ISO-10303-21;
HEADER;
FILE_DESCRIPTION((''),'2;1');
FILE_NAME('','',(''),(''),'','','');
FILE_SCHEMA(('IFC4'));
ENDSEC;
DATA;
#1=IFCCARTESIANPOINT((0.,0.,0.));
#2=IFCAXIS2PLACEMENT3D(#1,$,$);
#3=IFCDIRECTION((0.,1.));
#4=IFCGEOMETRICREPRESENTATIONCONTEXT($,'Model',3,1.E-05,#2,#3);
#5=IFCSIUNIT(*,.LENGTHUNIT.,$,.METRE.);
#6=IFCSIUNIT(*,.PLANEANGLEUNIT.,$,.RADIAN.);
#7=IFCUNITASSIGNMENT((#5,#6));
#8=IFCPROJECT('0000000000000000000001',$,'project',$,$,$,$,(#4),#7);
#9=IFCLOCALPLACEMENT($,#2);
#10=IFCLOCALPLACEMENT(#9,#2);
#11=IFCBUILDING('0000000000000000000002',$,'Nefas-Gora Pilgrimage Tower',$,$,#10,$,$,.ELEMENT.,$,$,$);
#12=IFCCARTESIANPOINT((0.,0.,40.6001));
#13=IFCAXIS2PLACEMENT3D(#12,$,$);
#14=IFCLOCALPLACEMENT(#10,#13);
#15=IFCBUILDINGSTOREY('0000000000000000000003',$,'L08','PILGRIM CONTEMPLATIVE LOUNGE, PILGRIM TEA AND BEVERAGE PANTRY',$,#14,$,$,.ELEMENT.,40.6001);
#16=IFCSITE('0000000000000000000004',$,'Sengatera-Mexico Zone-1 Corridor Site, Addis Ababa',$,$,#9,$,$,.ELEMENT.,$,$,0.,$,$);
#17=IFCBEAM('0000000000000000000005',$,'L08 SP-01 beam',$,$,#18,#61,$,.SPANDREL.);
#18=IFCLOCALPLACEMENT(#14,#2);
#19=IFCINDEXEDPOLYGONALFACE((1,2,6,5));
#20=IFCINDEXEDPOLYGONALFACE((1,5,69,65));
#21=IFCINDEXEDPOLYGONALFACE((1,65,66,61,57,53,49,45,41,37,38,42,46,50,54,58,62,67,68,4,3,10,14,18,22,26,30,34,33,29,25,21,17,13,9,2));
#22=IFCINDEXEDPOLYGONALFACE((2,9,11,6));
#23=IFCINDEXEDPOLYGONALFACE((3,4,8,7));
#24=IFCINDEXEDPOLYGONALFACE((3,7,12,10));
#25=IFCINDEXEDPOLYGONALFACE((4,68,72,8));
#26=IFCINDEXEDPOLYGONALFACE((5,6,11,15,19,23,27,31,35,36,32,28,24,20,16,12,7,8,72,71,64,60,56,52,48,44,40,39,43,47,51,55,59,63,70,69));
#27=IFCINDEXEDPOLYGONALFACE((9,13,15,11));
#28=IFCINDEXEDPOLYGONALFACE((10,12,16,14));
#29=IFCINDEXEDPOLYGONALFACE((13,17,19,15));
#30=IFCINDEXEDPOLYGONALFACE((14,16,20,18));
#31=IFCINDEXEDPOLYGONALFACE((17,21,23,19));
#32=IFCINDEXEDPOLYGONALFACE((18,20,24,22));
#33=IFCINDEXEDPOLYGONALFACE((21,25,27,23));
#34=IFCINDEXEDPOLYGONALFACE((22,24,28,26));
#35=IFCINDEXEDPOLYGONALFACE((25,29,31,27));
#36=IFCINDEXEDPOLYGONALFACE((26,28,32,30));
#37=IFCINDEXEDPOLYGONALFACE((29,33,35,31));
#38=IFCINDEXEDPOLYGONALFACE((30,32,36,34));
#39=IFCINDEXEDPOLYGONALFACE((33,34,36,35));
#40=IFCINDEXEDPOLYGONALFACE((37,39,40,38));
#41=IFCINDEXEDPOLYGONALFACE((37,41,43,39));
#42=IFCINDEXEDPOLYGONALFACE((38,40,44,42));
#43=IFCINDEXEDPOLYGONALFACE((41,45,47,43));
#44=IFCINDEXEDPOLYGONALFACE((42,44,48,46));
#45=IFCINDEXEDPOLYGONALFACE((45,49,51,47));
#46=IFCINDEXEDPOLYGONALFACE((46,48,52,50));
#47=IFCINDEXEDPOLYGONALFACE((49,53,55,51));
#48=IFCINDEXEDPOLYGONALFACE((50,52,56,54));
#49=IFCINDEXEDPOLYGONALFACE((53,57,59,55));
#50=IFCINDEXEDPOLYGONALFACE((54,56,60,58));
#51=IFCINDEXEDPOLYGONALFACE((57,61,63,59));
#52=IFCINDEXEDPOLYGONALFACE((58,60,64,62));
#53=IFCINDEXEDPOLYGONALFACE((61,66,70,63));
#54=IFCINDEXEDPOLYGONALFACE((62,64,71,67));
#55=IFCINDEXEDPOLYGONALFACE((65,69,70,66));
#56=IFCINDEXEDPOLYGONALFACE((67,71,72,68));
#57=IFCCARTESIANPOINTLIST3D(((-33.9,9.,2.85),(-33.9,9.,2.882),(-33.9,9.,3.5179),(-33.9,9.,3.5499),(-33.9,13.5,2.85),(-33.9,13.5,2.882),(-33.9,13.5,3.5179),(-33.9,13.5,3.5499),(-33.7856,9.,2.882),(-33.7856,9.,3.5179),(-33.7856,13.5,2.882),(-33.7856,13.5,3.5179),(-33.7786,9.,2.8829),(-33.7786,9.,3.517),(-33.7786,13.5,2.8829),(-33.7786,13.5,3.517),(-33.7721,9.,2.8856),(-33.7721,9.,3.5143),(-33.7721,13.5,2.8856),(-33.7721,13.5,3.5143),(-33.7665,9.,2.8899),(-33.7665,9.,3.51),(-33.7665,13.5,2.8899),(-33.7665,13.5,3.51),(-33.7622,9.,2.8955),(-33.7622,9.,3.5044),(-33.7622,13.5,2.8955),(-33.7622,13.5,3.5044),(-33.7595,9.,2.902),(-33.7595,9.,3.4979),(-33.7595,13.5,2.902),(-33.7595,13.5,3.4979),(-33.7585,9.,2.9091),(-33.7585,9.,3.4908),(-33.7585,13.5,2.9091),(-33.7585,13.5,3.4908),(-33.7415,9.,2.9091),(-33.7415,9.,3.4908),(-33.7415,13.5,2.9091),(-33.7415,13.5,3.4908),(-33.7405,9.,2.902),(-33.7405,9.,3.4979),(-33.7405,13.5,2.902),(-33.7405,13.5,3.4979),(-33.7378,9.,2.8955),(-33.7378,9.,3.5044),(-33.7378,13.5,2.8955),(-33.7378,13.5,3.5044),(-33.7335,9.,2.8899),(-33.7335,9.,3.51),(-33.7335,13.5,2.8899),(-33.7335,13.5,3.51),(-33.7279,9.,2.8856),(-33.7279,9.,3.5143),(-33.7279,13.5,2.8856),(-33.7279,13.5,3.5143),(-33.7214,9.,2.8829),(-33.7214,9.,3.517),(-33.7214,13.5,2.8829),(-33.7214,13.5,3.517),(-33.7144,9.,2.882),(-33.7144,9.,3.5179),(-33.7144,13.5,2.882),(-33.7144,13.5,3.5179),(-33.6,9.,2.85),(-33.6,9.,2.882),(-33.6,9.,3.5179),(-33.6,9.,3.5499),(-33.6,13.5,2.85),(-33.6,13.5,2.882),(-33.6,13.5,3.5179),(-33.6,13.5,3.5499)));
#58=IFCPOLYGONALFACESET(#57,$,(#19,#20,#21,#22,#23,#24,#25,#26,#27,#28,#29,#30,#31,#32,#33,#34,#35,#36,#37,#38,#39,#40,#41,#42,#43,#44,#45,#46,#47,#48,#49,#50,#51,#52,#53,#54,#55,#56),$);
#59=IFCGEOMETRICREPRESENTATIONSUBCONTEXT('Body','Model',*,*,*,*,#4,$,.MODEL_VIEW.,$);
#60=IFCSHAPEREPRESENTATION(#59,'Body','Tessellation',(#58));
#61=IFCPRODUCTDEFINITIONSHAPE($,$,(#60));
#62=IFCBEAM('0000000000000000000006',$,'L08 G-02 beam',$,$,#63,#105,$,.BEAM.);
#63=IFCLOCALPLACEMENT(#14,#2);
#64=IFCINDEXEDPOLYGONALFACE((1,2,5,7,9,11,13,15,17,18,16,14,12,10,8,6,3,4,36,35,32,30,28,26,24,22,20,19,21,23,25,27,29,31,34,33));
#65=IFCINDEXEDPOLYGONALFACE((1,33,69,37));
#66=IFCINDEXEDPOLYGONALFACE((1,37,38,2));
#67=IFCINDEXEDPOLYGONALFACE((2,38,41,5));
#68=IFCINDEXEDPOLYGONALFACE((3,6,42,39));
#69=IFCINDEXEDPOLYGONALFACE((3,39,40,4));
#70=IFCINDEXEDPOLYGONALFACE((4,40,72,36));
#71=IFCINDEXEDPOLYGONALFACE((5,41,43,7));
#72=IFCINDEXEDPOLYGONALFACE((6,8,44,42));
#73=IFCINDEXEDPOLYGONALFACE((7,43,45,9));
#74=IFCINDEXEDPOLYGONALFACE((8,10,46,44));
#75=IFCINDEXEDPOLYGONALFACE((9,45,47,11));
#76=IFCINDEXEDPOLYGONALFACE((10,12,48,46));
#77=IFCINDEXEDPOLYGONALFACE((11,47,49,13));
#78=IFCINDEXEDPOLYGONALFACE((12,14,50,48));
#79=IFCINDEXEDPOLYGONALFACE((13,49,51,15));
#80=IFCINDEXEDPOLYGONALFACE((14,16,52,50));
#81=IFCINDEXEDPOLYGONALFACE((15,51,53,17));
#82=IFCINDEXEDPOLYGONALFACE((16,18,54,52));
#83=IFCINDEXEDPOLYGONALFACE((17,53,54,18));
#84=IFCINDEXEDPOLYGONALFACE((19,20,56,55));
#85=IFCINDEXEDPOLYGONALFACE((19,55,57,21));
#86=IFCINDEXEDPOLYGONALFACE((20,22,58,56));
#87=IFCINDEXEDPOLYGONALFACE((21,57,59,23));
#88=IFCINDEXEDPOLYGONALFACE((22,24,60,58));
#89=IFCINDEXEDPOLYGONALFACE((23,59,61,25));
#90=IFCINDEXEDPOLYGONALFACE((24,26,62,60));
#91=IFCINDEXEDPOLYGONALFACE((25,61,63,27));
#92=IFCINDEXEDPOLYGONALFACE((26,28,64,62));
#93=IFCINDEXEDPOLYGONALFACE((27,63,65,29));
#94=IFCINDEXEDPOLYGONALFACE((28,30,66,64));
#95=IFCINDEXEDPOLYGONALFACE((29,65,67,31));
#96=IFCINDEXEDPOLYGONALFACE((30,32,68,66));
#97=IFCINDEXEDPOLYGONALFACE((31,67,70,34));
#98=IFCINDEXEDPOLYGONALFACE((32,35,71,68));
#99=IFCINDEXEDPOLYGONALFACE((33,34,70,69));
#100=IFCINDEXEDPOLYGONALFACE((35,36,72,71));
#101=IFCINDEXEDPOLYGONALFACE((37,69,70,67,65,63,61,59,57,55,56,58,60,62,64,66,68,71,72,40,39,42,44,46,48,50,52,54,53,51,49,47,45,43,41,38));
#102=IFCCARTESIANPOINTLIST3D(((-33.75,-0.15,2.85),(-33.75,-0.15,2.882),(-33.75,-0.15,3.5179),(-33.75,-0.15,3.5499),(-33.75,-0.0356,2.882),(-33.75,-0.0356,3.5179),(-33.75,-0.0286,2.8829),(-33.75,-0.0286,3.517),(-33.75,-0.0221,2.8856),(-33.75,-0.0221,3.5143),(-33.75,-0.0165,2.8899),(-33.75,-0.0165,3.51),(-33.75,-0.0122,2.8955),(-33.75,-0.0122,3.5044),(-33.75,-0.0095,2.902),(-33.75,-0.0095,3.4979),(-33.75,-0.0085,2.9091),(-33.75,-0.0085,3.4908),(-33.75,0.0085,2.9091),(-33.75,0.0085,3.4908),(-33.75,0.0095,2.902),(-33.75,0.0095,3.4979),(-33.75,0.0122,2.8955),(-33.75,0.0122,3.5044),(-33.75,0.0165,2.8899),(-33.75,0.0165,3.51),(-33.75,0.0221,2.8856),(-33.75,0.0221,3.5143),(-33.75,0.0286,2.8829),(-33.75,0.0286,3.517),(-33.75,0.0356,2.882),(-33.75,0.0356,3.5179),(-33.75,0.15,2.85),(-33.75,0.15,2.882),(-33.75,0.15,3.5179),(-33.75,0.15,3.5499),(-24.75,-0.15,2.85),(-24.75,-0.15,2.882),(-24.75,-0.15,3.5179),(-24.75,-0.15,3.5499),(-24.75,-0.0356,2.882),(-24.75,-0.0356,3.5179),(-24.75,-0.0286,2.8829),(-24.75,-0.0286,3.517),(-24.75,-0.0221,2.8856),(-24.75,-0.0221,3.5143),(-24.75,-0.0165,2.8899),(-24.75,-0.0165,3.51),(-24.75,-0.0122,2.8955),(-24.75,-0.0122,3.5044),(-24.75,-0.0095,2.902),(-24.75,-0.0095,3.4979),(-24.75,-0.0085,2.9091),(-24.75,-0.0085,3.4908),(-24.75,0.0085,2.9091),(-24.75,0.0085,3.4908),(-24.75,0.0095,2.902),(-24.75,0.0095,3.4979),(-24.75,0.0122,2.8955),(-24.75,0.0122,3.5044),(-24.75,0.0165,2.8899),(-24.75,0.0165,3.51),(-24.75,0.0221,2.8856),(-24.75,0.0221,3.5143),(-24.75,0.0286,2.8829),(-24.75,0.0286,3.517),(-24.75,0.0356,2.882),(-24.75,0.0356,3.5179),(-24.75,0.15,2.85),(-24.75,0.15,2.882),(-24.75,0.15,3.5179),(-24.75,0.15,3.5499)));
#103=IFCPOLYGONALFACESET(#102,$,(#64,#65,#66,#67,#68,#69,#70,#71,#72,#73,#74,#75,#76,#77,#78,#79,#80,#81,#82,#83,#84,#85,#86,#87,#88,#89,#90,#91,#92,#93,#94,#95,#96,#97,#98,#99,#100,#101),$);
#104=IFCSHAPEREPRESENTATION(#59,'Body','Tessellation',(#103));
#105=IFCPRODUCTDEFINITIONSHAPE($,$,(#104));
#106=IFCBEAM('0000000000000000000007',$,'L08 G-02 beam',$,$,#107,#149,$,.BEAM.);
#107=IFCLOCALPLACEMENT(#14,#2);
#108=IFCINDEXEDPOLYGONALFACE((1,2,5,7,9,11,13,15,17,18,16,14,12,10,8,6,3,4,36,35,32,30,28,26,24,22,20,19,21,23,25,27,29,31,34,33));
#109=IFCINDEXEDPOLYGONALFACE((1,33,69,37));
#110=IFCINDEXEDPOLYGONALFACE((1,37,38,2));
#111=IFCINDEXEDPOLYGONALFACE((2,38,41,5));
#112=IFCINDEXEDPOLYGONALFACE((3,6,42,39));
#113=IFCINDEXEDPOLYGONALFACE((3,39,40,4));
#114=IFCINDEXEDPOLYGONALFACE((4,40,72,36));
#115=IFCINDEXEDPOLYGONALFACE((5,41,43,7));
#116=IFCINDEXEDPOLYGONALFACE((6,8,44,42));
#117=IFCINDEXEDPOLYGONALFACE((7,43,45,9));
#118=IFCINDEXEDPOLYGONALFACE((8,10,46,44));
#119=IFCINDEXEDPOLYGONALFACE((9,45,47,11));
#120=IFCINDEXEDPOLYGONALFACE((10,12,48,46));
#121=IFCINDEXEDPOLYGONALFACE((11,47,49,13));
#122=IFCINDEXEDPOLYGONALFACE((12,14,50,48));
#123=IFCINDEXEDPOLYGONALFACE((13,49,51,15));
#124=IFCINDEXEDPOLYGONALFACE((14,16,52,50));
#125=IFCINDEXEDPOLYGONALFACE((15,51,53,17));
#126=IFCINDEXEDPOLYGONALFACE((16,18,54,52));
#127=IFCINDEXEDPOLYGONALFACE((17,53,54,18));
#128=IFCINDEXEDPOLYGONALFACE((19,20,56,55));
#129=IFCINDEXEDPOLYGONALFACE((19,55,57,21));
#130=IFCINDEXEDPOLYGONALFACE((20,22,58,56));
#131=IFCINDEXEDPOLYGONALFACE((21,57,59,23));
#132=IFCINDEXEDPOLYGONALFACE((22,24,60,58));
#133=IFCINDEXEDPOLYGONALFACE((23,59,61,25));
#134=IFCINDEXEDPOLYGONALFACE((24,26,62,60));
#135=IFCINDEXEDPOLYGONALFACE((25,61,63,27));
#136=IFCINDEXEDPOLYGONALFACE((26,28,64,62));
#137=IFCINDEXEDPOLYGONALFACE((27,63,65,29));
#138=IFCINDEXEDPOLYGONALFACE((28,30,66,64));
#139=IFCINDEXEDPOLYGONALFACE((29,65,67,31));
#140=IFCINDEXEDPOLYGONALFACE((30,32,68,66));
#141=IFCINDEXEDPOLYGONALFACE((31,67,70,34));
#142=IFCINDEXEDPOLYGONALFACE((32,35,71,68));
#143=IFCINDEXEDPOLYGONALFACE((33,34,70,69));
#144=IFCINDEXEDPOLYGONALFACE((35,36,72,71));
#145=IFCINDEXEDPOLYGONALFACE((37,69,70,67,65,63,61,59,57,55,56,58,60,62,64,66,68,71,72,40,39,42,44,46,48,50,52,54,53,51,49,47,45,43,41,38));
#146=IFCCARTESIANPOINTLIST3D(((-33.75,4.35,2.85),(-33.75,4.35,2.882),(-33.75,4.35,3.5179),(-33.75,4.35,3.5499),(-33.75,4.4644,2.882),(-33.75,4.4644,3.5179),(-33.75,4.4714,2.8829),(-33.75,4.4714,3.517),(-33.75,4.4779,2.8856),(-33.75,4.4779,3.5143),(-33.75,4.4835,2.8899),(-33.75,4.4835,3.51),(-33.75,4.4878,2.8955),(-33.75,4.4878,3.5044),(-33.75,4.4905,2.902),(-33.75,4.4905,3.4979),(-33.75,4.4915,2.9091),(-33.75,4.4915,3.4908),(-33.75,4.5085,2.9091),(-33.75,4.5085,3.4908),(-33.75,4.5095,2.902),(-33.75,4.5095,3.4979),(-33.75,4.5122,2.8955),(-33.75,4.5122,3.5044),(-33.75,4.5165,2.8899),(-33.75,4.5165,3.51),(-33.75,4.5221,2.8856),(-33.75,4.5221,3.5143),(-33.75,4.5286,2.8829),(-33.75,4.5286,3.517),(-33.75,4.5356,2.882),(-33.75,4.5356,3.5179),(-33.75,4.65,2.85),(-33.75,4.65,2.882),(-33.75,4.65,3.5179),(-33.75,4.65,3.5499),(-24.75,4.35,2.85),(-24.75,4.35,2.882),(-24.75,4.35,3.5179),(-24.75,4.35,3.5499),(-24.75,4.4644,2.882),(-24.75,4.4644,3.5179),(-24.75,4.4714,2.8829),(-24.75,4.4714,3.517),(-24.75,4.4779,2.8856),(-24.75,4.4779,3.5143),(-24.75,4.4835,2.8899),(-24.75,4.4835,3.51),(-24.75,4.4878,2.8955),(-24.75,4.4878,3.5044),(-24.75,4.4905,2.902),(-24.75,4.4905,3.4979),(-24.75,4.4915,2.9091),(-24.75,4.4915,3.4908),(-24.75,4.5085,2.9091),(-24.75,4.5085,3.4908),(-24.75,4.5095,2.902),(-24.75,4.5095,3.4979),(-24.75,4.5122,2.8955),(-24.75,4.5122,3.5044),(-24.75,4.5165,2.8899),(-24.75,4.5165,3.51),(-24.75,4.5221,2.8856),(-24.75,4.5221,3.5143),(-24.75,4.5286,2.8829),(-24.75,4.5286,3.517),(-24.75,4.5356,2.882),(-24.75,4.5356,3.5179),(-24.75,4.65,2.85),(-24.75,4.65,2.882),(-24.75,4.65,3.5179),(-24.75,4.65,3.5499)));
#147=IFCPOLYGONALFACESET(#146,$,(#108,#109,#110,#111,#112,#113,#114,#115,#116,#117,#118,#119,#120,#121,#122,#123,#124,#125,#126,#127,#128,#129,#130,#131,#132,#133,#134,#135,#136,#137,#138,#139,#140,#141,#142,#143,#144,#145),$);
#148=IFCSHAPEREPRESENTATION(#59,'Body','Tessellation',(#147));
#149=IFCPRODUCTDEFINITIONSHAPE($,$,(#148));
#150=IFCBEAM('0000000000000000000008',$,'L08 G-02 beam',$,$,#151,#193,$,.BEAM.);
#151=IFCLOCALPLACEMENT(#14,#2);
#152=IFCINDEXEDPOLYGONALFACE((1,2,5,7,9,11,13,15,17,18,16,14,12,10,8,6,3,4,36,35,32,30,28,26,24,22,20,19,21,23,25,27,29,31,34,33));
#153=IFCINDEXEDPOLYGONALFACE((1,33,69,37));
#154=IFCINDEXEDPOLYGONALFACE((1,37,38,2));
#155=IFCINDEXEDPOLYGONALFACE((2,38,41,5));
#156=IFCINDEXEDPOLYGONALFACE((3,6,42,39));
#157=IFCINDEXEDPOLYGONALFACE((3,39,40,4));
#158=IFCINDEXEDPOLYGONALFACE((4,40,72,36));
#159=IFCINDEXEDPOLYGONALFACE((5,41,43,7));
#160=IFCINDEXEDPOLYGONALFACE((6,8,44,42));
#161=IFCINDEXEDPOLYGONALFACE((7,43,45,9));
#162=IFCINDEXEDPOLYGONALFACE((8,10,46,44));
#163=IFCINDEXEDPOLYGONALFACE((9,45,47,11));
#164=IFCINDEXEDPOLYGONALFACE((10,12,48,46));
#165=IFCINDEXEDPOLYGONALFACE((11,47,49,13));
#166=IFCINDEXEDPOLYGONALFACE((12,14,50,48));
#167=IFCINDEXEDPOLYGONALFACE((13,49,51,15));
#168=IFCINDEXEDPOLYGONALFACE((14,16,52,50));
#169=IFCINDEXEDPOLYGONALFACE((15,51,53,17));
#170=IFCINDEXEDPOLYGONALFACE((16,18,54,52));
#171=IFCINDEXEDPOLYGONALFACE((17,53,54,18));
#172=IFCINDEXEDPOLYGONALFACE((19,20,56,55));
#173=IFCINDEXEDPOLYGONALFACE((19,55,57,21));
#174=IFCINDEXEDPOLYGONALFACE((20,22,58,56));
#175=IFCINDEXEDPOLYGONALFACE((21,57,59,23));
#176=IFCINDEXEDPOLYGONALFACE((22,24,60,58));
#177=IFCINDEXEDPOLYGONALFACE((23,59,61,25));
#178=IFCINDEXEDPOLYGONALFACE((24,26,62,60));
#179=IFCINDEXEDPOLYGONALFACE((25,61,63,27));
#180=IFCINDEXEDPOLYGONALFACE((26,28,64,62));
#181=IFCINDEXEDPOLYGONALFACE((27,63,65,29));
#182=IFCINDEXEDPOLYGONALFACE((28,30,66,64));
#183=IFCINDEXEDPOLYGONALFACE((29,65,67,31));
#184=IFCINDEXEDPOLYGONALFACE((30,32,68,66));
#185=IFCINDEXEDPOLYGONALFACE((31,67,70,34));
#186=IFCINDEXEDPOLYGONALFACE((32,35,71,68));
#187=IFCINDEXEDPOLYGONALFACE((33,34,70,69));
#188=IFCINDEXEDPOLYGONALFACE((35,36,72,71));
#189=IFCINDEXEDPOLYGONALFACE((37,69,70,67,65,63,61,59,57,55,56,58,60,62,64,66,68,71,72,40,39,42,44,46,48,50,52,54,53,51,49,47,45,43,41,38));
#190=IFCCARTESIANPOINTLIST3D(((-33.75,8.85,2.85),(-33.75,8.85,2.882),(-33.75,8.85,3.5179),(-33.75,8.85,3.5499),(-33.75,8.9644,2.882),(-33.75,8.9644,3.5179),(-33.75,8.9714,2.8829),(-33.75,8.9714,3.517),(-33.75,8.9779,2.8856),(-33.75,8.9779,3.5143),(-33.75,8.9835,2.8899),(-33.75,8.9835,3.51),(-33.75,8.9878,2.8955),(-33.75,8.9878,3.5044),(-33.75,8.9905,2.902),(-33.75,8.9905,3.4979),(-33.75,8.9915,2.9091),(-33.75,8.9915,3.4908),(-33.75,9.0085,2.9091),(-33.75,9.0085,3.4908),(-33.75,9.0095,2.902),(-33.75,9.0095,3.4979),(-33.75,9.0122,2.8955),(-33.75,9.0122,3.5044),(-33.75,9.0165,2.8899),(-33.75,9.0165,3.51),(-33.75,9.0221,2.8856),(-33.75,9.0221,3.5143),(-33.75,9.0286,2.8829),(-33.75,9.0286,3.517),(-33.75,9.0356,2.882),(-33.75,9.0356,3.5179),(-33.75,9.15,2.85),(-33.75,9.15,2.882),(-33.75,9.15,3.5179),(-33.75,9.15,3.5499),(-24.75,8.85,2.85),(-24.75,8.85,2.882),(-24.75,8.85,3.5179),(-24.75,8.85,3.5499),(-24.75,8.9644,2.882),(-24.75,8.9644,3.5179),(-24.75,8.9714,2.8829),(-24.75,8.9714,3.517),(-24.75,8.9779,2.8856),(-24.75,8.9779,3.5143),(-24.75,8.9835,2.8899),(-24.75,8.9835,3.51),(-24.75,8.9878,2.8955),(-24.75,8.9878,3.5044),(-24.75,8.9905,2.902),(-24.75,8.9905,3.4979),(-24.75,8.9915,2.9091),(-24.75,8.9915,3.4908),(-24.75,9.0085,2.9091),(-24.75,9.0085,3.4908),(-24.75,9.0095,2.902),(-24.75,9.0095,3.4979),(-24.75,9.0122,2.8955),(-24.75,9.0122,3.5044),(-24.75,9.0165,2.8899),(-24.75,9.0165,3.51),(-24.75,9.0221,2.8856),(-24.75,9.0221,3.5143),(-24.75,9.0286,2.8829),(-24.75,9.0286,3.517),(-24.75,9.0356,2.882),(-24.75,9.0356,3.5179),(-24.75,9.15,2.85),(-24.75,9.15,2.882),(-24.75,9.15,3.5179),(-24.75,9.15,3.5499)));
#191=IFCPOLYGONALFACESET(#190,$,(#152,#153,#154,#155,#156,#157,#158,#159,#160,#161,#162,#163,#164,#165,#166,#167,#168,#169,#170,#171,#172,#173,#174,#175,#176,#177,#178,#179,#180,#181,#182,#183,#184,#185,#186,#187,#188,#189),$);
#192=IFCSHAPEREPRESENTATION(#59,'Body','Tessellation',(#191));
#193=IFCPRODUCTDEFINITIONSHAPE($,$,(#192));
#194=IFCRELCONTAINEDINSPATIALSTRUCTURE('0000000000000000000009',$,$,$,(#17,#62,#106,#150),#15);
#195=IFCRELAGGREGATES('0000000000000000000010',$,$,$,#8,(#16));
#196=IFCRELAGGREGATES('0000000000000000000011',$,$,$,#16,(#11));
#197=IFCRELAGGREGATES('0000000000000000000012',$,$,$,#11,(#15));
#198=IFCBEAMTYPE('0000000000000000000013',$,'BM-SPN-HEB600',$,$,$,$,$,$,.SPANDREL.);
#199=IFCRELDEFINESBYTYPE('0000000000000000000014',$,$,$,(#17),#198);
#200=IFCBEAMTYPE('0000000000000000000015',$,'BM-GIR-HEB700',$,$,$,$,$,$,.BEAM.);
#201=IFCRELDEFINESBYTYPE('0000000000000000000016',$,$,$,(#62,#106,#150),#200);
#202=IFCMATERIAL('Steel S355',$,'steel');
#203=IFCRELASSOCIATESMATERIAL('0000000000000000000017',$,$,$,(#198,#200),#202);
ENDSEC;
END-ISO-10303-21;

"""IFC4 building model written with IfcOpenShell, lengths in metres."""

from ifc_helpers import new_model, si_unit, direction, frame, origin, origin_2d, place, context, subcontext, project, spatial, i_section, extrude, source, transform, mapped, material, material_profile, profile_set, type_object, element, save


model = new_model("IFC4")

# Units and contexts
model_context = context("Model", 3, precision=1e-05, world=origin(), true_north=direction((0.0, 1.0)))
body_context = subcontext(model_context, "Body", "Model", "MODEL_VIEW")
ifc_project = project(units=[si_unit("LENGTHUNIT", "METRE"), si_unit("PLANEANGLEUNIT", "RADIAN")], contexts=[model_context])

# Site, building, storey
site_placement = place(None, origin())
site = spatial("IfcSite", under=ifc_project, at=site_placement, Name="Sengatera-Mexico Zone-1 Corridor Site, Addis Ababa", CompositionType="ELEMENT", RefElevation=0.0)
building_placement = place(site_placement, origin())
building = spatial("IfcBuilding", under=site, at=building_placement, Name="Nefas-Gora Pilgrimage Tower", CompositionType="ELEMENT")
storey_placement = place(building_placement, frame((0.0, 0.0, 40.6001)))
storey = spatial("IfcBuildingStorey", under=building, at=storey_placement, Name="L08", Description="PILGRIM CONTEMPLATIVE LOUNGE, PILGRIM TEA AND BEVERAGE PANTRY", CompositionType="ELEMENT", Elevation=40.6001)

# Beams
ifc_material_1 = material(Name="Steel S355", Category="steel")
ifc_material_profile_1 = material_profile(ifc_material_1, i_section(OverallWidth=0.3, OverallDepth=0.7, WebThickness=0.0171, FlangeThickness=0.032, FilletRadius=0.0271, at=origin_2d()), Name="HEB 700")
ifc_profile_set_1 = profile_set([ifc_material_profile_1], Name="Steel S355")
beam_type_1 = type_object("IfcBeamType", Name="BM-SPN-HEB600", PredefinedType="SPANDREL", material=ifc_profile_set_1)
shared_shape_1 = source(origin(), body_context, "Body", "SweptSolid", [
    extrude(i_section(OverallWidth=0.3, OverallDepth=0.7, WebThickness=0.0171, FlangeThickness=0.032, FilletRadius=0.0271, at=origin_2d()), origin(), (0.0, 0.0, 1.0), 4.5),
])
for number, where, z_axis, x_axis, name in (
    (1, (-33.75, 9.0, 3.2), (0.0, 1.0, 0.0), (-1.0, 0.0, 0.0), "L08 SP-01 beam"),
):
    element("IfcBeam", number, at=place(storey_placement, frame(where, z_axis=z_axis, x_axis=x_axis)), inside=storey, type_object=beam_type_1, Name=name, PredefinedType="SPANDREL", context=body_context, shape_type="MappedRepresentation", body=[
        mapped(shared_shape_1, transform((0.0, 0.0, 0.0), x_axis=(1.0, 0.0, 0.0), y_axis=(0.0, 1.0, 0.0), z_axis=(0.0, 0.0, 1.0), scale=1.0)),
    ])
ifc_material_profile_2 = material_profile(ifc_material_1, i_section(OverallWidth=0.3, OverallDepth=0.7, WebThickness=0.0171, FlangeThickness=0.032, FilletRadius=0.0271, at=origin_2d()), Name="HEB 700")
ifc_profile_set_2 = profile_set([ifc_material_profile_2], Name="Steel S355")
beam_type_2 = type_object("IfcBeamType", Name="BM-GIR-HEB700", PredefinedType="BEAM", material=ifc_profile_set_2)
shared_shape_2 = source(origin(), body_context, "Body", "SweptSolid", [
    extrude(i_section(OverallWidth=0.3, OverallDepth=0.7, WebThickness=0.0171, FlangeThickness=0.032, FilletRadius=0.0271, at=origin_2d()), origin(), (0.0, 0.0, 1.0), 9.0),
])
for number, where, z_axis, x_axis, name in (
    (2, (-33.75, 0.0, 3.2), (1.0, 0.0, 0.0), (0.0, 1.0, 0.0), "L08 G-02 beam"),
    (3, (-33.75, 4.5, 3.2), (1.0, 0.0, 0.0), (0.0, 1.0, 0.0), "L08 G-02 beam"),
    (4, (-33.75, 9.0, 3.2), (1.0, 0.0, 0.0), (0.0, 1.0, 0.0), "L08 G-02 beam"),
):
    element("IfcBeam", number, at=place(storey_placement, frame(where, z_axis=z_axis, x_axis=x_axis)), inside=storey, type_object=beam_type_2, Name=name, PredefinedType="BEAM", context=body_context, shape_type="MappedRepresentation", body=[
        mapped(shared_shape_2, transform((0.0, 0.0, 0.0), x_axis=(1.0, 0.0, 0.0), y_axis=(0.0, 1.0, 0.0), z_axis=(0.0, 0.0, 1.0), scale=1.0)),
    ])

save(model, "model.ifc")
